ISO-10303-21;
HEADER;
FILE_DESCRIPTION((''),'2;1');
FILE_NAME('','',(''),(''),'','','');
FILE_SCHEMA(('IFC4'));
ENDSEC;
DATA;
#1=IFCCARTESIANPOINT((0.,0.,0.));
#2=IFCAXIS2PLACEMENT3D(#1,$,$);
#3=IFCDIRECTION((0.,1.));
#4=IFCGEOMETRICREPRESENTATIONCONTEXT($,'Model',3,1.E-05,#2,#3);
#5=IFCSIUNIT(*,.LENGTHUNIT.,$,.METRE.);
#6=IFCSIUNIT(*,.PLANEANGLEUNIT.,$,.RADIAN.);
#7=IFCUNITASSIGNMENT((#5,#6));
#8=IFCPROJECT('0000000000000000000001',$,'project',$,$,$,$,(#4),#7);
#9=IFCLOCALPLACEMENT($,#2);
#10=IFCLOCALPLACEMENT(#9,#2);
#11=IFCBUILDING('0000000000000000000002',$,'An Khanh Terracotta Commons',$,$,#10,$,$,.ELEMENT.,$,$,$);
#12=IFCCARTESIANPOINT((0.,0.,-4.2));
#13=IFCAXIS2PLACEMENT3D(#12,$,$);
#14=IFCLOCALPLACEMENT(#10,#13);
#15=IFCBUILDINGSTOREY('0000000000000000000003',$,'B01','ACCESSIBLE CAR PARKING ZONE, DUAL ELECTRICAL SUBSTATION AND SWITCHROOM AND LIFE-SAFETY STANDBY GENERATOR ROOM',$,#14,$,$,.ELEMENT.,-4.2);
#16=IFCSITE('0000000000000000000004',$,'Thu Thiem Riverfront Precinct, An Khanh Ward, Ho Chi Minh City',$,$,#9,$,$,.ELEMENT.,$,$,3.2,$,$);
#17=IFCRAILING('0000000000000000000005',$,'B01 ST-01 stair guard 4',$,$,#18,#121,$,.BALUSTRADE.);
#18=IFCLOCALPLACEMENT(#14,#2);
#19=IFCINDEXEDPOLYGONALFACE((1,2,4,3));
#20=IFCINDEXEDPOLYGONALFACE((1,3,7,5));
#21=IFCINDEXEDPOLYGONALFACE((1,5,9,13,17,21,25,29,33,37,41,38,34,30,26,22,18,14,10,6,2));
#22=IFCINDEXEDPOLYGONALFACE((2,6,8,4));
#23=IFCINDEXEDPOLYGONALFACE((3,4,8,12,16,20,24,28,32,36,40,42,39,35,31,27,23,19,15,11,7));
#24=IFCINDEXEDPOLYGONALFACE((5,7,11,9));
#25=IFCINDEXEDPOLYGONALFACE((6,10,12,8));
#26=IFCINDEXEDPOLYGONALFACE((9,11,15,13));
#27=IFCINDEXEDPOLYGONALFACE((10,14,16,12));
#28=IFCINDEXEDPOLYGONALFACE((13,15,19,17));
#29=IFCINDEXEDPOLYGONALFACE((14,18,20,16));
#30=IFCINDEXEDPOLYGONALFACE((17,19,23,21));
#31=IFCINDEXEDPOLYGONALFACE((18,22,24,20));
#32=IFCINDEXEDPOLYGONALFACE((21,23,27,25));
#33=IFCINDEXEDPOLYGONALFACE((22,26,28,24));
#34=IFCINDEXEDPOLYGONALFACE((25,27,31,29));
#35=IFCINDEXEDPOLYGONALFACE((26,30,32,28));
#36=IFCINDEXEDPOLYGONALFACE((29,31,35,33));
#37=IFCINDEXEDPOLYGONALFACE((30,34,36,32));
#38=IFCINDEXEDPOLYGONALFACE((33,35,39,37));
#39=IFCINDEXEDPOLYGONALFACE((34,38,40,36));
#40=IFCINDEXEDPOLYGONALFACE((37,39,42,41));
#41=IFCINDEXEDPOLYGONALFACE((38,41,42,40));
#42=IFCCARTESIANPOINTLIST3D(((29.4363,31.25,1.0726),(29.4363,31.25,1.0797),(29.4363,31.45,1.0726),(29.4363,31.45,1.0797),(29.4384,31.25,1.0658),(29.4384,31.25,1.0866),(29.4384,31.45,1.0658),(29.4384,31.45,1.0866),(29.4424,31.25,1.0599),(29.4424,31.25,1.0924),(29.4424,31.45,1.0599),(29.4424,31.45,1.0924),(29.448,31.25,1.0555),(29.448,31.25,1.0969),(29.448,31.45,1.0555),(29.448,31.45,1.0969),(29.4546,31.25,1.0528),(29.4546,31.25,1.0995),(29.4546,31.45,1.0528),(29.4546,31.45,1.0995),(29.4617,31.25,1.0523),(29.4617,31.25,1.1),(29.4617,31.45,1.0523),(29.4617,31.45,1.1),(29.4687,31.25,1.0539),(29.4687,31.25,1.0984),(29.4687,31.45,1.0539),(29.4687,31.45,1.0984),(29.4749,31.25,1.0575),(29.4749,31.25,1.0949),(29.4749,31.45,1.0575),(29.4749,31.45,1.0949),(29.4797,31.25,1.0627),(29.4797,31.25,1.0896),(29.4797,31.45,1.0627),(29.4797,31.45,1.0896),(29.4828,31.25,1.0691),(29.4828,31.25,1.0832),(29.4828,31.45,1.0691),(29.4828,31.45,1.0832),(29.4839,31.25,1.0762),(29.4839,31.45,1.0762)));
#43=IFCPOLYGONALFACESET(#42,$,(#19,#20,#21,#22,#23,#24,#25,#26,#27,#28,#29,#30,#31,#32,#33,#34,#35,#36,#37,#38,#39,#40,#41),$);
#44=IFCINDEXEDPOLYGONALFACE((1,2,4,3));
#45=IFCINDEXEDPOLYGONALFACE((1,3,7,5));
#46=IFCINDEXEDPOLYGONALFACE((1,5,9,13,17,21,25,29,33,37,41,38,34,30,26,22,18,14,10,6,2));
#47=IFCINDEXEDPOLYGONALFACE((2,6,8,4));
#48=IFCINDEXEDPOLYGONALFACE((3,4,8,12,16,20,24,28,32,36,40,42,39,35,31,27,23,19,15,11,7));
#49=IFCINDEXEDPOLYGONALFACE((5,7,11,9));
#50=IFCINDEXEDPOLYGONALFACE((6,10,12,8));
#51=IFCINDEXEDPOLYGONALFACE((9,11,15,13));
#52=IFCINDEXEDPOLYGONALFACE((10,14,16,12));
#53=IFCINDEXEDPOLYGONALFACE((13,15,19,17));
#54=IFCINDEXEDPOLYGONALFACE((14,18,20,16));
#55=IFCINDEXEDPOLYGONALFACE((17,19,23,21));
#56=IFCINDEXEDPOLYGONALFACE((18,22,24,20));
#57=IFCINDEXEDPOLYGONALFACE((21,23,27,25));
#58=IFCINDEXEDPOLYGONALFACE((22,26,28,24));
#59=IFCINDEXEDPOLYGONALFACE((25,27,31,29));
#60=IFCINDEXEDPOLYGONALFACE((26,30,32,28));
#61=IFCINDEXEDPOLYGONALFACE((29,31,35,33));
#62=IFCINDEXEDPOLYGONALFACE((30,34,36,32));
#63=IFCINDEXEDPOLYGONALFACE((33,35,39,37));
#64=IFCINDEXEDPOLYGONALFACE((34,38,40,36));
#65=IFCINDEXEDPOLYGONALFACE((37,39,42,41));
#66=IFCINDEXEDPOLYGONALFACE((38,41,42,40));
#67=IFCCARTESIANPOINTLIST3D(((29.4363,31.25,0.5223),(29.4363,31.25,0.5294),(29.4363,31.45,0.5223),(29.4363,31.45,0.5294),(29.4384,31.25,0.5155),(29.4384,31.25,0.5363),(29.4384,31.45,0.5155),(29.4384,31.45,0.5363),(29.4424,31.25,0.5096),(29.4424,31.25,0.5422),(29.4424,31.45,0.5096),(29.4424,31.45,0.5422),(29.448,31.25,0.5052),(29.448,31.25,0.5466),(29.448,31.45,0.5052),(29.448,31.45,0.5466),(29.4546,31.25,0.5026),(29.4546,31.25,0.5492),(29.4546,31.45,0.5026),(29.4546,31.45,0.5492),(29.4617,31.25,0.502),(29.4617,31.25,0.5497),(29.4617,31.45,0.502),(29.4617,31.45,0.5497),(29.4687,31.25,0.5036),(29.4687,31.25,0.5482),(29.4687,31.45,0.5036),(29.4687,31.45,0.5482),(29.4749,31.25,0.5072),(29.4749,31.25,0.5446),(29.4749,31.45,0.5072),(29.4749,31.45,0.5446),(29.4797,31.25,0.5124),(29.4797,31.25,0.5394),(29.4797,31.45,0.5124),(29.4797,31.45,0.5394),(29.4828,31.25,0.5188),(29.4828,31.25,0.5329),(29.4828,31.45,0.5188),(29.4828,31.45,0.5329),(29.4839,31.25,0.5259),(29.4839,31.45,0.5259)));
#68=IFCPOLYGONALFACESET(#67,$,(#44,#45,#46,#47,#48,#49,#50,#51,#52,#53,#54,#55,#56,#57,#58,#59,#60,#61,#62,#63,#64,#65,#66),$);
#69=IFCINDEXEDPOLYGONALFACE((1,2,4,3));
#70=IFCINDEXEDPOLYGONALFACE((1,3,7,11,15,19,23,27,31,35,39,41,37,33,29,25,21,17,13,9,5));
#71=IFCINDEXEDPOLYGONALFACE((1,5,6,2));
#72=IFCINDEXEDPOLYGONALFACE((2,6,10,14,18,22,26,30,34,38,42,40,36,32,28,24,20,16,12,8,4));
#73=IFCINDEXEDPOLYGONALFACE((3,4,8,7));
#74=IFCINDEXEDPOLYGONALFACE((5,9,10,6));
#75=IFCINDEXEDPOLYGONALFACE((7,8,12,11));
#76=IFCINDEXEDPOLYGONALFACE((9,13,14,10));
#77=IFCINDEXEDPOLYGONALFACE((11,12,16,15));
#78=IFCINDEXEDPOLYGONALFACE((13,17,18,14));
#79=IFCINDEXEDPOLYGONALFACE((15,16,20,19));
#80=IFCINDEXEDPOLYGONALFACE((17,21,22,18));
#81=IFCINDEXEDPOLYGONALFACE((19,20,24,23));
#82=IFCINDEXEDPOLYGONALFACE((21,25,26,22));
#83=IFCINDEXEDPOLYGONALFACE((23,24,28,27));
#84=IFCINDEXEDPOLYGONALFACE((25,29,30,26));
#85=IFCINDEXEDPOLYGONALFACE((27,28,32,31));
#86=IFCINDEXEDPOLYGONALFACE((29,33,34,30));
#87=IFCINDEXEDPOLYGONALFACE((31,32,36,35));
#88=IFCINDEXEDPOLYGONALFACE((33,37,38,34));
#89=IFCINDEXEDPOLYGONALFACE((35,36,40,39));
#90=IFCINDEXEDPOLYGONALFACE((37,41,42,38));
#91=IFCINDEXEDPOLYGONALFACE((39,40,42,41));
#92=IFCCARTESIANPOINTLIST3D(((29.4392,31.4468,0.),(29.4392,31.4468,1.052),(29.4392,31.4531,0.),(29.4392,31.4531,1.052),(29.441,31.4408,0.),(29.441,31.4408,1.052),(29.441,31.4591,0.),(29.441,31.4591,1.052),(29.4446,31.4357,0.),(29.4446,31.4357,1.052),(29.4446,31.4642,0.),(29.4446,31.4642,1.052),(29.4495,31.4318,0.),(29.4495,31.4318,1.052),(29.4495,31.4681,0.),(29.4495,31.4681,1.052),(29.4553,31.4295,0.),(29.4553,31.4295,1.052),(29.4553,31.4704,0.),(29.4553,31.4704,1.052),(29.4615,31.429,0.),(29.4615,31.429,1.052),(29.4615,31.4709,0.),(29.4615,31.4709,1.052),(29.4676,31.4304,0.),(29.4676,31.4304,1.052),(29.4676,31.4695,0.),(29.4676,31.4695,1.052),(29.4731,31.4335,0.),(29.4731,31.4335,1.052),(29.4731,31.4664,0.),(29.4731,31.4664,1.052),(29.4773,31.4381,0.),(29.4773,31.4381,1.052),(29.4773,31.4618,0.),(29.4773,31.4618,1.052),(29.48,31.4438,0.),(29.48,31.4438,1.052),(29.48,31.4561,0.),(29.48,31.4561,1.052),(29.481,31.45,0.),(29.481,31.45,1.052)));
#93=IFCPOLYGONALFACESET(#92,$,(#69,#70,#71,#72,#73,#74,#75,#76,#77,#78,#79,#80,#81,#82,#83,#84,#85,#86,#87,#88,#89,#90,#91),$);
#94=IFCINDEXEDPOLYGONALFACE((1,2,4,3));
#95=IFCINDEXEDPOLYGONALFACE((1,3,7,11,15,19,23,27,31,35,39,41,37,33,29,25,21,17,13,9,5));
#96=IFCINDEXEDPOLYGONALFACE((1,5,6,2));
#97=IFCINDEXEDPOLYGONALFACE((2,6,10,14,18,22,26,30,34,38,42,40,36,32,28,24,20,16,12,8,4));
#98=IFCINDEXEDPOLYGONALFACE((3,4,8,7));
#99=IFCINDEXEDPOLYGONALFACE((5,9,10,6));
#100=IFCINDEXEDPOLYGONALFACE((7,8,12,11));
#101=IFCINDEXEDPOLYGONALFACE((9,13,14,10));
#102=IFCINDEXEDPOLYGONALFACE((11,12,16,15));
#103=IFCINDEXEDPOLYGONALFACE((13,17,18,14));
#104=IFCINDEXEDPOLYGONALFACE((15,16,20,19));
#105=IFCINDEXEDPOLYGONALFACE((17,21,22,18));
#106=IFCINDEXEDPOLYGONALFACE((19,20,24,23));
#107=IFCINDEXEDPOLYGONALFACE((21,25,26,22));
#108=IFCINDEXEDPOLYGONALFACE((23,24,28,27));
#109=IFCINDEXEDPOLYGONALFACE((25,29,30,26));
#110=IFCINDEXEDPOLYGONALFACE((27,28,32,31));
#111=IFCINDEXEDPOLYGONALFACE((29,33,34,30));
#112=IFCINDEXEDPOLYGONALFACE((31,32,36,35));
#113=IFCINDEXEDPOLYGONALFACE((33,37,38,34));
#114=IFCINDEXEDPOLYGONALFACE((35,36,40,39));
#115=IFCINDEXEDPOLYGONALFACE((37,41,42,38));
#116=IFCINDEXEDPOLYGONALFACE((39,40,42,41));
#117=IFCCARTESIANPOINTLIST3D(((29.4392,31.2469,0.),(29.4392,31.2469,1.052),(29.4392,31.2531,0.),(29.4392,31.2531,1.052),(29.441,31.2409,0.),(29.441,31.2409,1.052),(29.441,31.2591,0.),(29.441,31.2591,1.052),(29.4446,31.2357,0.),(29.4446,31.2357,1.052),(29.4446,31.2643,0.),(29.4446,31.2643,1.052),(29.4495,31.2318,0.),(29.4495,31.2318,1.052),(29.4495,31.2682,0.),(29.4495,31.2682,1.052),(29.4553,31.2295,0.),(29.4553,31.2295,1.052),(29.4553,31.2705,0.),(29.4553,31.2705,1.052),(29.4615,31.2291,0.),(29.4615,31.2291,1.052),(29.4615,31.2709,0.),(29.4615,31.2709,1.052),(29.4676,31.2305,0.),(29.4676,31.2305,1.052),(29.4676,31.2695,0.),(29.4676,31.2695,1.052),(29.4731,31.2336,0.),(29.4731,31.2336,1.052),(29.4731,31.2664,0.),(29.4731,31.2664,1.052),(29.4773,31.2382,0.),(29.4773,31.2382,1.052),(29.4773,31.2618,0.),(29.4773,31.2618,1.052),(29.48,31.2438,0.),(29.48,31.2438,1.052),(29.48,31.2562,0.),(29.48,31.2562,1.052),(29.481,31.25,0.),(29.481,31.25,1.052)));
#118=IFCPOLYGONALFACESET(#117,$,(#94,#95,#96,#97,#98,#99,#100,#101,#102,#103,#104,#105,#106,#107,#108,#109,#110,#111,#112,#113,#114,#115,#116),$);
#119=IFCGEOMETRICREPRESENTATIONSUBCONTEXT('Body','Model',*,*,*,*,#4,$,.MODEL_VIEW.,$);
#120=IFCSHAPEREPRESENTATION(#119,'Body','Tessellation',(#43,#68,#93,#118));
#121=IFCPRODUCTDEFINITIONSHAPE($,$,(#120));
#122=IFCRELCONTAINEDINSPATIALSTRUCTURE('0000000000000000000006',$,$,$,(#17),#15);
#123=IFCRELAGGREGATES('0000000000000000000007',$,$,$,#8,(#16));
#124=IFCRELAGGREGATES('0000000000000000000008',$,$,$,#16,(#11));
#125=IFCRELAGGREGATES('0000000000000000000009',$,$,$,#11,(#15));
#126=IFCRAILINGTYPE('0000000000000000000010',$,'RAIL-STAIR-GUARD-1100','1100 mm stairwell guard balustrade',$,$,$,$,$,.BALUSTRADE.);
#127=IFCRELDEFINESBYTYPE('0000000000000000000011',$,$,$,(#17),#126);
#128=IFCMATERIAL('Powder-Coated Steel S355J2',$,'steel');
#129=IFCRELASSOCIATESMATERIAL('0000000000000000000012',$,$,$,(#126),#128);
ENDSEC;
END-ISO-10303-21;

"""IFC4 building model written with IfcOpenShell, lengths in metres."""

from ifc_helpers import new_model, si_unit, direction, frame, origin, origin_2d, place, context, subcontext, project, spatial, circle, extrude, material, type_object, element, save


model = new_model("IFC4")

# Units and contexts
model_context = context("Model", 3, precision=1e-05, world=origin(), true_north=direction((0.0, 1.0)))
body_context = subcontext(model_context, "Body", "Model", "MODEL_VIEW")
ifc_project = project(units=[si_unit("LENGTHUNIT", "METRE"), si_unit("PLANEANGLEUNIT", "RADIAN")], contexts=[model_context])

# Site, building, storey
site_placement = place(None, origin())
site = spatial("IfcSite", under=ifc_project, at=site_placement, Name="Thu Thiem Riverfront Precinct, An Khanh Ward, Ho Chi Minh City", CompositionType="ELEMENT", RefElevation=3.2)
building_placement = place(site_placement, origin())
building = spatial("IfcBuilding", under=site, at=building_placement, Name="An Khanh Terracotta Commons", CompositionType="ELEMENT")
storey_placement = place(building_placement, frame((0.0, 0.0, -4.2)))
storey = spatial("IfcBuildingStorey", under=building, at=storey_placement, Name="B01", Description="ACCESSIBLE CAR PARKING ZONE, DUAL ELECTRICAL SUBSTATION AND SWITCHROOM AND LIFE-SAFETY STANDBY GENERATOR ROOM", CompositionType="ELEMENT", Elevation=-4.2)

# Railing
ifc_material_1 = material(Name="Powder-Coated Steel S355J2", Category="steel")
railing_type = type_object("IfcRailingType", Name="RAIL-STAIR-GUARD-1100", Description="1100 mm stairwell guard balustrade", PredefinedType="BALUSTRADE", material=ifc_material_1)
railing_placement = place(storey_placement, frame((29.46, 31.45, 0.0)))
element("IfcRailing", 1, at=railing_placement, inside=storey, type_object=railing_type, Name="B01 ST-01 stair guard 4", PredefinedType="BALUSTRADE", context=body_context, shape_type="SweptSolid", body=[
    extrude(circle(Radius=0.0239, at=origin_2d()), frame((0.0, 0.0, 1.0762), z_axis=(0.0, -1.0, 0.0), x_axis=(1.0, 0.0, 0.0)), (0.0, 0.0, 1.0), 0.2),
    extrude(circle(Radius=0.0239, at=origin_2d()), frame((0.0, 0.0, 0.5259), z_axis=(0.0, -1.0, 0.0), x_axis=(1.0, 0.0, 0.0)), (0.0, 0.0, 1.0), 0.2),
    extrude(circle(Radius=0.021, at=origin_2d()), origin(), (0.0, 0.0, 1.0), 1.052),
    extrude(circle(Radius=0.021, at=origin_2d()), frame((0.0, -0.2, 0.0)), (0.0, 0.0, 1.0), 1.052),
])

save(model, "model.ifc")
